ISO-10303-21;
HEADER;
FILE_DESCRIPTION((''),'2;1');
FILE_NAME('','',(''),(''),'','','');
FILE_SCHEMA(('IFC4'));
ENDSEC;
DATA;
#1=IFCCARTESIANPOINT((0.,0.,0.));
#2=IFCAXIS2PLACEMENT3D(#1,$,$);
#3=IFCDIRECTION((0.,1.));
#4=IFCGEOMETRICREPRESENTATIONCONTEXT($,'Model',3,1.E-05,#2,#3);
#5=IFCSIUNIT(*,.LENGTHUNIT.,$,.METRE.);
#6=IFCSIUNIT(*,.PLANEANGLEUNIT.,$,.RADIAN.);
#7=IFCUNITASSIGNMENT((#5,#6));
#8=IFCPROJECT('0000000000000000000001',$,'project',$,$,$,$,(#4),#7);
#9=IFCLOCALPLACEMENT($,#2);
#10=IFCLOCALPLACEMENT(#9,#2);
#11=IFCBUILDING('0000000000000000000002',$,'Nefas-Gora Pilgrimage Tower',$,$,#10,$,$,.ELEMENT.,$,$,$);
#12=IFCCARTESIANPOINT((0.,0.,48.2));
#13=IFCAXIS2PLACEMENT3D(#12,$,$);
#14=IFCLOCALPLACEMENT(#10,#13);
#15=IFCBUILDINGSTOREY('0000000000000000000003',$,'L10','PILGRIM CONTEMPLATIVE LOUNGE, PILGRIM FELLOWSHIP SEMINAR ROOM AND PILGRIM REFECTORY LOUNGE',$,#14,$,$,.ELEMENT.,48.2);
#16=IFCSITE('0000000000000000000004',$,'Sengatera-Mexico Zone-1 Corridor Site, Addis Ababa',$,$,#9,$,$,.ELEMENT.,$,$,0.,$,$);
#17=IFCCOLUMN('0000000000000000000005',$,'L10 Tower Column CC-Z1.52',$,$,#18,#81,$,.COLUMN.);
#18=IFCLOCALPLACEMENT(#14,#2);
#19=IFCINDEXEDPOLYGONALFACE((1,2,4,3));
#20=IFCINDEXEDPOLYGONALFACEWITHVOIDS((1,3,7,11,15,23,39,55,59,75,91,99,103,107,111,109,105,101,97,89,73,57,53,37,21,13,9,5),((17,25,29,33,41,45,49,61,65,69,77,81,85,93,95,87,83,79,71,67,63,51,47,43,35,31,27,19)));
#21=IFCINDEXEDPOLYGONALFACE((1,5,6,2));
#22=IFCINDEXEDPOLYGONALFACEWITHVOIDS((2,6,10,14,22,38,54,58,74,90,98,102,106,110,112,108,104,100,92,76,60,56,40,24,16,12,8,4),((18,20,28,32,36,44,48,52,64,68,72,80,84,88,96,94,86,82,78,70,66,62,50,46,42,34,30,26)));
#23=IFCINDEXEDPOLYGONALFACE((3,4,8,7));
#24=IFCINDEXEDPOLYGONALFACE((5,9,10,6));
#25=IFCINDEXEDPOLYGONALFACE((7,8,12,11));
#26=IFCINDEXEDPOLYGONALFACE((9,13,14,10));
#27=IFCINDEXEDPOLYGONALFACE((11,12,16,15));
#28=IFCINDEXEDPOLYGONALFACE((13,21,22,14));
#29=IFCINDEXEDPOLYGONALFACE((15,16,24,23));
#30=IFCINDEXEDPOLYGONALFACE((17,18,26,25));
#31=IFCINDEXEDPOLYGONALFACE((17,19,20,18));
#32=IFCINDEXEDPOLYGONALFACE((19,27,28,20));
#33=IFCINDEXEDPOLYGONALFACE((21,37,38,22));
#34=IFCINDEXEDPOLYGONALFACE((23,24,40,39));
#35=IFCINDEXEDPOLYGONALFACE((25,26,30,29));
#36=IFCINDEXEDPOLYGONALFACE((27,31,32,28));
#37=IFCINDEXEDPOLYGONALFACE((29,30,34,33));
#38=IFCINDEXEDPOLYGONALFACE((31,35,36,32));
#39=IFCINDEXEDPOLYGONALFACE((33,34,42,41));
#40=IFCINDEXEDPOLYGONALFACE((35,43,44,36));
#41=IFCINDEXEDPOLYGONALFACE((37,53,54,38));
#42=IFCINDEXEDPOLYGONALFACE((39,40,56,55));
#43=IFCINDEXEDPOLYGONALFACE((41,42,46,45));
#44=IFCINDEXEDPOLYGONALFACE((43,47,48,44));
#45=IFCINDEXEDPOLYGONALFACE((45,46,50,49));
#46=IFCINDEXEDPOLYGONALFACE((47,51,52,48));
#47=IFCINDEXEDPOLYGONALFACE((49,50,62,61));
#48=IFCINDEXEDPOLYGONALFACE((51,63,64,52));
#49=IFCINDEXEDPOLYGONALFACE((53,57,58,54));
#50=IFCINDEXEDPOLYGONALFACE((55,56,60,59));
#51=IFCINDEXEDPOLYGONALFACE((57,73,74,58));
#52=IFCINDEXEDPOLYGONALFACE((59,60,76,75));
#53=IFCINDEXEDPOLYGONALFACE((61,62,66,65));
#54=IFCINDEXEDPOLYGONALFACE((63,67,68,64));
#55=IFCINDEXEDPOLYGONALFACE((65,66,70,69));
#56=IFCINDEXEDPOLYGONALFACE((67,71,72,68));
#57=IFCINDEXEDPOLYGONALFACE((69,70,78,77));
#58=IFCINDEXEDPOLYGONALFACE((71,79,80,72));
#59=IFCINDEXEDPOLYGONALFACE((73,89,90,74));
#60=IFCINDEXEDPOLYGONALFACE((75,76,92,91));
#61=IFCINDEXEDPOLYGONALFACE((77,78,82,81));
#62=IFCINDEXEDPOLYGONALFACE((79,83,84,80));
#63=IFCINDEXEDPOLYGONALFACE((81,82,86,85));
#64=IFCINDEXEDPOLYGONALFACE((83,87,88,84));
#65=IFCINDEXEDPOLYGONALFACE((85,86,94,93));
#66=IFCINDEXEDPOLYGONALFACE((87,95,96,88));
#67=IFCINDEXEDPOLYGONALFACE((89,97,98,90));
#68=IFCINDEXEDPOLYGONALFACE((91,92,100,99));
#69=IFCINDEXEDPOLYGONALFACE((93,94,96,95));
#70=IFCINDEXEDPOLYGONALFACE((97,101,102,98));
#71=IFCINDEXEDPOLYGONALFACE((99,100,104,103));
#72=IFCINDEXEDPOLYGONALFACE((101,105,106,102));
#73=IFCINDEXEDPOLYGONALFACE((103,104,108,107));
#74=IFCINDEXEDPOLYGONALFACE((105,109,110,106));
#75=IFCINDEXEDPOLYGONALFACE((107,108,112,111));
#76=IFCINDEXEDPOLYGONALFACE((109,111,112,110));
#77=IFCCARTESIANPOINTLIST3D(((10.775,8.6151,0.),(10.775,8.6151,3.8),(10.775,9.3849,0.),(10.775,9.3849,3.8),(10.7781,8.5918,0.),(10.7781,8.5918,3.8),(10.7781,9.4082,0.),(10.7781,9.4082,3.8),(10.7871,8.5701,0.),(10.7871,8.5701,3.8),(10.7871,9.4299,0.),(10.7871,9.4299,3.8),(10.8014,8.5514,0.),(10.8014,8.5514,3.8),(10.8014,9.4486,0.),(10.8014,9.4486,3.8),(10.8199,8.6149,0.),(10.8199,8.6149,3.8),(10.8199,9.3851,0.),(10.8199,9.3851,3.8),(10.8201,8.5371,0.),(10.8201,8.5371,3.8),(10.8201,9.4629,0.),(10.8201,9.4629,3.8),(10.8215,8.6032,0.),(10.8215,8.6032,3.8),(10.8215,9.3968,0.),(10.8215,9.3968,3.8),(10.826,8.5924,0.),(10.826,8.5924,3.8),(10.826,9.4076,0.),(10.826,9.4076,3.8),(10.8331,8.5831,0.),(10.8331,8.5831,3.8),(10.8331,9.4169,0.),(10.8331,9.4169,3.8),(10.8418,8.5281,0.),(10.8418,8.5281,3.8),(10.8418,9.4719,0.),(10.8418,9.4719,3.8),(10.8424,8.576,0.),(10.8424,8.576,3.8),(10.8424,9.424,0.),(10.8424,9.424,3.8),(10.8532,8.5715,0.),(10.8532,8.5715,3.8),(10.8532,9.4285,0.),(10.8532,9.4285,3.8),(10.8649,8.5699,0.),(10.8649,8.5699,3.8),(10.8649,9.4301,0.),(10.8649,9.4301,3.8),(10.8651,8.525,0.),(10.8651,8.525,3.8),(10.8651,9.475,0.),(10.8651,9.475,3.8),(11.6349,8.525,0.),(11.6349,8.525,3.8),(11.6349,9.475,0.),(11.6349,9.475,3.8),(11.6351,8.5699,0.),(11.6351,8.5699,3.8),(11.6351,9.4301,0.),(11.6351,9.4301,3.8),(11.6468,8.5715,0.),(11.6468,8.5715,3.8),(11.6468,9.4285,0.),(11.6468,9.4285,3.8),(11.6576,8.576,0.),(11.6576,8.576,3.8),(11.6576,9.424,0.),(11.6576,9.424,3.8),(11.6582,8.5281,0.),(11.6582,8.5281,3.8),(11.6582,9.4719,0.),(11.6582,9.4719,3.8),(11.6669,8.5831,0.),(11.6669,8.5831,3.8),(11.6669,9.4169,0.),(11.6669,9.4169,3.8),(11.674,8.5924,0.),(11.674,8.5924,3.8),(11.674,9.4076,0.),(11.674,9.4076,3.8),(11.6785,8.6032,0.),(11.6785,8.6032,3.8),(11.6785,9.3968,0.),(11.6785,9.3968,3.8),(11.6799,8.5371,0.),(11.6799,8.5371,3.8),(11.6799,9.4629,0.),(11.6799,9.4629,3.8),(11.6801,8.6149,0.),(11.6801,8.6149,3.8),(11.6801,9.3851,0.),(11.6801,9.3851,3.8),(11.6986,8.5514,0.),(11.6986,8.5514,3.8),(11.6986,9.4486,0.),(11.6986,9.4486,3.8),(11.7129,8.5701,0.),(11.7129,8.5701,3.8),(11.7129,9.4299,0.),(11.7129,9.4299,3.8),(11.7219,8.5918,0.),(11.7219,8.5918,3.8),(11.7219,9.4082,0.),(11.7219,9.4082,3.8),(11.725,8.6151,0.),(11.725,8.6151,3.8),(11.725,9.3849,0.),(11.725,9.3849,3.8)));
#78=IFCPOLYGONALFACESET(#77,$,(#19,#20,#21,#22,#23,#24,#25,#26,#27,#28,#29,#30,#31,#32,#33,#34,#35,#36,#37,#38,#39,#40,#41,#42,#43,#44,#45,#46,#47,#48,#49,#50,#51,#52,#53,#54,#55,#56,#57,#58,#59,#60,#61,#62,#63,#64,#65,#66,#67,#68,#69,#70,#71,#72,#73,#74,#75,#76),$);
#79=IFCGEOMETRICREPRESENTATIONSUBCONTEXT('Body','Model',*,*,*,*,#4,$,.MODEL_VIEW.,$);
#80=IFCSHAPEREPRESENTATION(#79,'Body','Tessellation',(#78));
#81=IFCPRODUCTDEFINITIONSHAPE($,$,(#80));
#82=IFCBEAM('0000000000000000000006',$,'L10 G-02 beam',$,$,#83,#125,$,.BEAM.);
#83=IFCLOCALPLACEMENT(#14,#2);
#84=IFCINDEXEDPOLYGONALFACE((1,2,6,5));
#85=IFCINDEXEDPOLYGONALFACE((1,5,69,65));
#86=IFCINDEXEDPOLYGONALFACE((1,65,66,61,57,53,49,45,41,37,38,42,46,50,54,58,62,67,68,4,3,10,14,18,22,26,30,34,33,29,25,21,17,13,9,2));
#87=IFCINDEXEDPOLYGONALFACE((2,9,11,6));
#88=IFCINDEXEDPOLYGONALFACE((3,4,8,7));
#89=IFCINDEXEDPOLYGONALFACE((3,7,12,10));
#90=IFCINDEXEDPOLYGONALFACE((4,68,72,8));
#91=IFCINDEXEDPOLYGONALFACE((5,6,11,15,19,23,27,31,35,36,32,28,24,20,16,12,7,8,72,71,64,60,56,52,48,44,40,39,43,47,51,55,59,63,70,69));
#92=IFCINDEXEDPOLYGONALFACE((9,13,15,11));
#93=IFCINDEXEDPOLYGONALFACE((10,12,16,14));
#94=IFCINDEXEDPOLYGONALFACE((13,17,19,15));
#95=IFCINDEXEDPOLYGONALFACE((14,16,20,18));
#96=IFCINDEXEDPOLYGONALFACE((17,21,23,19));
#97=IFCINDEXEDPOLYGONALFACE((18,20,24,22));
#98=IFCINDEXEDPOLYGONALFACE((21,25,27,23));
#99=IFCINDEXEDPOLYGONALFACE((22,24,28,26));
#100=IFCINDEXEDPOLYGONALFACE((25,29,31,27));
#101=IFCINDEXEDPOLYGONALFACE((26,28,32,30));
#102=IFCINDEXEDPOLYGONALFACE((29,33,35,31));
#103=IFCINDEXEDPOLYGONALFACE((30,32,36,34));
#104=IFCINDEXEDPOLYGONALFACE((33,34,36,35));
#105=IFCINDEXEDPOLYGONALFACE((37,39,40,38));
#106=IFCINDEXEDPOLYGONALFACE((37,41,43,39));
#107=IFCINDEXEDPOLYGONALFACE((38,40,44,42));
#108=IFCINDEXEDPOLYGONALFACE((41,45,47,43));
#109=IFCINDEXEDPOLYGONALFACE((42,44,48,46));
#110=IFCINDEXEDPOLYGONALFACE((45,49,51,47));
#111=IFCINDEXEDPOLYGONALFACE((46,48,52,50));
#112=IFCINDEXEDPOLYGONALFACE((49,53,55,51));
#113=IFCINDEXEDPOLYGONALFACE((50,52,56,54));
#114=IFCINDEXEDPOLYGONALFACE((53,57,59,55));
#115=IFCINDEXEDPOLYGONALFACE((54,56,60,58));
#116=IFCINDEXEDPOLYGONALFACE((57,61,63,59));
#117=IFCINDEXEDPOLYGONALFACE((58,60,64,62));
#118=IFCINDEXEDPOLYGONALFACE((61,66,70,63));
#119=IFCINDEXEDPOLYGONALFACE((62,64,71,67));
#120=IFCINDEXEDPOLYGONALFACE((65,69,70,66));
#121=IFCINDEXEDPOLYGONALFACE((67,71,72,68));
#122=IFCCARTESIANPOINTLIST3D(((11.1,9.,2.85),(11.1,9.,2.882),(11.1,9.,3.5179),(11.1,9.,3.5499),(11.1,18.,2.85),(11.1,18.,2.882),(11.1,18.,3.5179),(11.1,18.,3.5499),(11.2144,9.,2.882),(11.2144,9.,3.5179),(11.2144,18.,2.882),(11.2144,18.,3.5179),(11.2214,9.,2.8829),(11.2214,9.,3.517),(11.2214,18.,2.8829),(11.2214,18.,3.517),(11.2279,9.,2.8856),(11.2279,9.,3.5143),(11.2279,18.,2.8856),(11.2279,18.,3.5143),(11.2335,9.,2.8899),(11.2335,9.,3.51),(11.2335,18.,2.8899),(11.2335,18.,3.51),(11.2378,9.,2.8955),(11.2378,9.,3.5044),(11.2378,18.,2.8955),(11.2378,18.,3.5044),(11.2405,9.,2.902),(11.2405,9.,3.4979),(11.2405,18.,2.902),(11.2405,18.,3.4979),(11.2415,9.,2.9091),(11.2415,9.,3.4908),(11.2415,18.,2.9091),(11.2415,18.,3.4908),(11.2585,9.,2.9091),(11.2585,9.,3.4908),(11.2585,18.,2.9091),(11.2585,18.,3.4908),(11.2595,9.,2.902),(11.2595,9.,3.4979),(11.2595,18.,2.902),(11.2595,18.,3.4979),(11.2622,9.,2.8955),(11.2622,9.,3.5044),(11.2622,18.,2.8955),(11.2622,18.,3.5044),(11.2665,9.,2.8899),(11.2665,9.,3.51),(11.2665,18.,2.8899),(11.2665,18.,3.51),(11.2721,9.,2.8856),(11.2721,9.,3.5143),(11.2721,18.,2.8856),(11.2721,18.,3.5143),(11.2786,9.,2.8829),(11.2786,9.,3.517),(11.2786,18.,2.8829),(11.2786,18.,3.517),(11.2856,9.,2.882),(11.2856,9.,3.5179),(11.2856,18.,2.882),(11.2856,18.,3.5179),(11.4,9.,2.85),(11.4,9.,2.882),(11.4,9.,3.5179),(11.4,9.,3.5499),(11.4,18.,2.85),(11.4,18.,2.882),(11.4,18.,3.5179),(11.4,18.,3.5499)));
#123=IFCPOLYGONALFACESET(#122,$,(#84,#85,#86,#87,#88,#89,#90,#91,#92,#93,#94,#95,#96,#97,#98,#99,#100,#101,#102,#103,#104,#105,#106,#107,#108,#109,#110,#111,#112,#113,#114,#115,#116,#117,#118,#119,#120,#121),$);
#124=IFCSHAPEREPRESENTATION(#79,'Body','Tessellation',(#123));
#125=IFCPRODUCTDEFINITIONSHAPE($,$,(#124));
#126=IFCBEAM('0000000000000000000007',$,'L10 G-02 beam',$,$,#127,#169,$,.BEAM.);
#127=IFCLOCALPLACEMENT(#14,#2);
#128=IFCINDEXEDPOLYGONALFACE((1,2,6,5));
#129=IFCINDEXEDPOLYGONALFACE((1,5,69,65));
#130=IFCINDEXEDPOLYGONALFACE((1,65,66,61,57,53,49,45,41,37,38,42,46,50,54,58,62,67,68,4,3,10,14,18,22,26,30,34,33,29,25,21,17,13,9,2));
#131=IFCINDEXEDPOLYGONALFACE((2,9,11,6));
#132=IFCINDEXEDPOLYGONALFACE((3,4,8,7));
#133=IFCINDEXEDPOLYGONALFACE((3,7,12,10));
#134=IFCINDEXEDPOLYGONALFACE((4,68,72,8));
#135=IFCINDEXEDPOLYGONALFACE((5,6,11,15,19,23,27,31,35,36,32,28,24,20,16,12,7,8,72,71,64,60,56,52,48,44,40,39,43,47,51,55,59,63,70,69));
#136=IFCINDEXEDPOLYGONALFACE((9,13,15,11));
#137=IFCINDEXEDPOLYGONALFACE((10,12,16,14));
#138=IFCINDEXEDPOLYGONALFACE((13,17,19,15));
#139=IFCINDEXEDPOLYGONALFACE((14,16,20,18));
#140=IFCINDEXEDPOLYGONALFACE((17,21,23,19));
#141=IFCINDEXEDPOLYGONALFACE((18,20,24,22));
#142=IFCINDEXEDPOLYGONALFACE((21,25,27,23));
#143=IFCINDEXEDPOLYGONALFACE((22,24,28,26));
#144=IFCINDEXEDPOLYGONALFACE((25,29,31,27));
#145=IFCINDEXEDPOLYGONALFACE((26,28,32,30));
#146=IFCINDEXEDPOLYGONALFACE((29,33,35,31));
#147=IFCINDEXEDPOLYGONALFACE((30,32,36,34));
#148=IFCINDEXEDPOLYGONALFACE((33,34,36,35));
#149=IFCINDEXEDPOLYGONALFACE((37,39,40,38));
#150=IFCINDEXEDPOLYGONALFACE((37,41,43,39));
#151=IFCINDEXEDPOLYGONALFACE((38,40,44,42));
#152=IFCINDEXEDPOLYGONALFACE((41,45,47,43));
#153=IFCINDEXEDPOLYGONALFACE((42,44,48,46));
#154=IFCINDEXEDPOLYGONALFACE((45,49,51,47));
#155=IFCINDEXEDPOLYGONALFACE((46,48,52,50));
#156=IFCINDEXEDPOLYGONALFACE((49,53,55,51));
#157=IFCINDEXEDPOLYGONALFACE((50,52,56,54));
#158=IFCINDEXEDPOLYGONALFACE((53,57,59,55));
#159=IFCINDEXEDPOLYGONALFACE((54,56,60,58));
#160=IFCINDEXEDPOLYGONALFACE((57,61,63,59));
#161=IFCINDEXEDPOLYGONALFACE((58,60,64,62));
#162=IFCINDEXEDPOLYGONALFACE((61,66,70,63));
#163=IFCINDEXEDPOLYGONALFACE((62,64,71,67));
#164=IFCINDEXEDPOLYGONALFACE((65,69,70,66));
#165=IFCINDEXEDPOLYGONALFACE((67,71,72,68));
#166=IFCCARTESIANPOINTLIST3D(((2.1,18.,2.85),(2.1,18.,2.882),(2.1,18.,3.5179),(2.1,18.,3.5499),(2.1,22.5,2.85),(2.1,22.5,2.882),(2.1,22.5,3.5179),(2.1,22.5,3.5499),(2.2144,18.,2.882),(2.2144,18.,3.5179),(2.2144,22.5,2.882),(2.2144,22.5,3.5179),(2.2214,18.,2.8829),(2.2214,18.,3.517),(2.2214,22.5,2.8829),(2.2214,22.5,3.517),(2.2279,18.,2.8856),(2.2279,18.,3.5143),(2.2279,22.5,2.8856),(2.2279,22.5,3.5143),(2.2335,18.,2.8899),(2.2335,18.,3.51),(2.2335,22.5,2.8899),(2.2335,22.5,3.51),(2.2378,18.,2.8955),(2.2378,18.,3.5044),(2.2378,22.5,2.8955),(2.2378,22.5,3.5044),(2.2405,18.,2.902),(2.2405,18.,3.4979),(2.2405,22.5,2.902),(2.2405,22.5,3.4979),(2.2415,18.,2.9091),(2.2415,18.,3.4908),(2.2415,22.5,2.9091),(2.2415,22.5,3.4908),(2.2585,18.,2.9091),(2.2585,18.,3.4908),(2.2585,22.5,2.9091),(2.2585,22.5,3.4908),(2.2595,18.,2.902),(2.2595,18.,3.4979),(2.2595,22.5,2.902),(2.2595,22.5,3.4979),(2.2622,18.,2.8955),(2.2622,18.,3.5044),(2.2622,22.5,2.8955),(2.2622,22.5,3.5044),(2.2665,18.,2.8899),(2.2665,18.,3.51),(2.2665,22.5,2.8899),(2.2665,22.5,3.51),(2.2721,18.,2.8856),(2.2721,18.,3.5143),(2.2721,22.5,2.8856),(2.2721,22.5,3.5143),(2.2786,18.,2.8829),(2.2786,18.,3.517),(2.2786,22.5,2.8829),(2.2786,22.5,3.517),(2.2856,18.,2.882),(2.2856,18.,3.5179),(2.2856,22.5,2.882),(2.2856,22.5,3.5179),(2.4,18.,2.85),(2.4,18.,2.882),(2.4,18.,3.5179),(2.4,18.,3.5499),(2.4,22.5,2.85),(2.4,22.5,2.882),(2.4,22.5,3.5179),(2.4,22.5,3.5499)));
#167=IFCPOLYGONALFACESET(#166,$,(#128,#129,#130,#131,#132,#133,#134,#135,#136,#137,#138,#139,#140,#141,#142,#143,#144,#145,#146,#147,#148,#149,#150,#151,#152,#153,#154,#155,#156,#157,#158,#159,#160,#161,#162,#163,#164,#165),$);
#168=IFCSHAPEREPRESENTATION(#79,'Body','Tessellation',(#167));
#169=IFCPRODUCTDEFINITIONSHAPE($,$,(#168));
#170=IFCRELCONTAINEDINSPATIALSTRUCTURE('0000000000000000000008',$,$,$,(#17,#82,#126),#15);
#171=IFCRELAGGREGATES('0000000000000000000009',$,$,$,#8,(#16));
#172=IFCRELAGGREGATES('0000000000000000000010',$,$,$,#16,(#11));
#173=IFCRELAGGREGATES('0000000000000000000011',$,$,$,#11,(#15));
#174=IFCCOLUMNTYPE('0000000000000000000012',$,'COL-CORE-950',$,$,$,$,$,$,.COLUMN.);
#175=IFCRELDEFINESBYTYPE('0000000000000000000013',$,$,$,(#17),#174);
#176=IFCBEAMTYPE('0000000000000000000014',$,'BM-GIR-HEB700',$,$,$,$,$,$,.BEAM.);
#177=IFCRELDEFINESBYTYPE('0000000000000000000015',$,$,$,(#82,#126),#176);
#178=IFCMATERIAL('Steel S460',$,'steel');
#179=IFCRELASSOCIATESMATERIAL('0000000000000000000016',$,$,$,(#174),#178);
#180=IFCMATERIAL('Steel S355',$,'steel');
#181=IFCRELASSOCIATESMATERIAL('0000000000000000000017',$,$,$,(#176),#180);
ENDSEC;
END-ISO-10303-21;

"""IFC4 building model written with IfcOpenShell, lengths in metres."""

from ifc_helpers import new_model, si_unit, direction, frame, origin, origin_2d, place, context, subcontext, project, spatial, hollow_rectangle, i_section, extrude, source, transform, mapped, material, material_profile, profile_set, type_object, element, save


model = new_model("IFC4")

# Units and contexts
model_context = context("Model", 3, precision=1e-05, world=origin(), true_north=direction((0.0, 1.0)))
body_context = subcontext(model_context, "Body", "Model", "MODEL_VIEW")
ifc_project = project(units=[si_unit("LENGTHUNIT", "METRE"), si_unit("PLANEANGLEUNIT", "RADIAN")], contexts=[model_context])

# Site, building, storey
site_placement = place(None, origin())
site = spatial("IfcSite", under=ifc_project, at=site_placement, Name="Sengatera-Mexico Zone-1 Corridor Site, Addis Ababa", CompositionType="ELEMENT", RefElevation=0.0)
building_placement = place(site_placement, origin())
building = spatial("IfcBuilding", under=site, at=building_placement, Name="Nefas-Gora Pilgrimage Tower", CompositionType="ELEMENT")
storey_placement = place(building_placement, frame((0.0, 0.0, 48.2)))
storey = spatial("IfcBuildingStorey", under=building, at=storey_placement, Name="L10", Description="PILGRIM CONTEMPLATIVE LOUNGE, PILGRIM FELLOWSHIP SEMINAR ROOM AND PILGRIM REFECTORY LOUNGE", CompositionType="ELEMENT", Elevation=48.2)

# Column
ifc_material_1 = material(Name="Steel S460", Category="steel")
ifc_material_profile_1 = material_profile(ifc_material_1, hollow_rectangle(XDim=0.95, YDim=0.95, WallThickness=0.0449, InnerFilletRadius=0.0449, OuterFilletRadius=0.0901, at=origin_2d()), Name="BOX 950x950x45")
ifc_profile_set_1 = profile_set([ifc_material_profile_1], Name="Steel S460")
column_type_1 = type_object("IfcColumnType", Name="COL-CORE-950", PredefinedType="COLUMN", material=ifc_profile_set_1)
shared_shape_1 = source(origin(), body_context, "Body", "SweptSolid", [
    extrude(hollow_rectangle(XDim=0.95, YDim=0.95, WallThickness=0.0449, InnerFilletRadius=0.0449, OuterFilletRadius=0.0901, at=origin_2d()), origin(), (0.0, 0.0, 1.0), 3.8),
])
column_placement = place(storey_placement, frame((11.25, 9.0, 0.0), z_axis=(0.0, 0.0, 1.0), x_axis=(1.0, 0.0, 0.0)))
element("IfcColumn", 1, at=column_placement, inside=storey, type_object=column_type_1, Name="L10 Tower Column CC-Z1.52", PredefinedType="COLUMN", context=body_context, shape_type="MappedRepresentation", body=[
    mapped(shared_shape_1, transform((0.0, 0.0, 0.0), x_axis=(1.0, 0.0, 0.0), y_axis=(0.0, 1.0, 0.0), z_axis=(0.0, 0.0, 1.0), scale=1.0)),
])

# Beams
ifc_material_2 = material(Name="Steel S355", Category="steel")
ifc_material_profile_2 = material_profile(ifc_material_2, i_section(OverallWidth=0.3, OverallDepth=0.7, WebThickness=0.0171, FlangeThickness=0.032, FilletRadius=0.0271, at=origin_2d()), Name="HEB 700")
ifc_profile_set_2 = profile_set([ifc_material_profile_2], Name="Steel S355")
beam_type_1 = type_object("IfcBeamType", Name="BM-GIR-HEB700", PredefinedType="BEAM", material=ifc_profile_set_2)
shared_shape_2 = source(origin(), body_context, "Body", "SweptSolid", [
    extrude(i_section(OverallWidth=0.3, OverallDepth=0.7, WebThickness=0.0171, FlangeThickness=0.032, FilletRadius=0.0271, at=origin_2d()), origin(), (0.0, 0.0, 1.0), 9.0),
])
beam_1_placement = place(storey_placement, frame((11.25, 9.0, 3.2), z_axis=(0.0, 1.0, 0.0), x_axis=(-1.0, 0.0, 0.0)))
element("IfcBeam", 2, at=beam_1_placement, inside=storey, type_object=beam_type_1, Name="L10 G-02 beam", PredefinedType="BEAM", context=body_context, shape_type="MappedRepresentation", body=[
    mapped(shared_shape_2, transform((0.0, 0.0, 0.0), x_axis=(1.0, 0.0, 0.0), y_axis=(0.0, 1.0, 0.0), z_axis=(0.0, 0.0, 1.0), scale=1.0)),
])
shared_shape_3 = source(origin(), body_context, "Body", "SweptSolid", [
    extrude(i_section(OverallWidth=0.3, OverallDepth=0.7, WebThickness=0.0171, FlangeThickness=0.032, FilletRadius=0.0271, at=origin_2d()), origin(), (0.0, 0.0, 1.0), 4.5),
])
for number, where, z_axis, x_axis, name in (
    (3, (2.25, 18.0, 3.2), (0.0, 1.0, 0.0), (-1.0, 0.0, 0.0), "L10 G-02 beam"),
):
    element("IfcBeam", number, at=place(storey_placement, frame(where, z_axis=z_axis, x_axis=x_axis)), inside=storey, type_object=beam_type_1, Name=name, PredefinedType="BEAM", context=body_context, shape_type="MappedRepresentation", body=[
        mapped(shared_shape_3, transform((0.0, 0.0, 0.0), x_axis=(1.0, 0.0, 0.0), y_axis=(0.0, 1.0, 0.0), z_axis=(0.0, 0.0, 1.0), scale=1.0)),
    ])

save(model, "model.ifc")
